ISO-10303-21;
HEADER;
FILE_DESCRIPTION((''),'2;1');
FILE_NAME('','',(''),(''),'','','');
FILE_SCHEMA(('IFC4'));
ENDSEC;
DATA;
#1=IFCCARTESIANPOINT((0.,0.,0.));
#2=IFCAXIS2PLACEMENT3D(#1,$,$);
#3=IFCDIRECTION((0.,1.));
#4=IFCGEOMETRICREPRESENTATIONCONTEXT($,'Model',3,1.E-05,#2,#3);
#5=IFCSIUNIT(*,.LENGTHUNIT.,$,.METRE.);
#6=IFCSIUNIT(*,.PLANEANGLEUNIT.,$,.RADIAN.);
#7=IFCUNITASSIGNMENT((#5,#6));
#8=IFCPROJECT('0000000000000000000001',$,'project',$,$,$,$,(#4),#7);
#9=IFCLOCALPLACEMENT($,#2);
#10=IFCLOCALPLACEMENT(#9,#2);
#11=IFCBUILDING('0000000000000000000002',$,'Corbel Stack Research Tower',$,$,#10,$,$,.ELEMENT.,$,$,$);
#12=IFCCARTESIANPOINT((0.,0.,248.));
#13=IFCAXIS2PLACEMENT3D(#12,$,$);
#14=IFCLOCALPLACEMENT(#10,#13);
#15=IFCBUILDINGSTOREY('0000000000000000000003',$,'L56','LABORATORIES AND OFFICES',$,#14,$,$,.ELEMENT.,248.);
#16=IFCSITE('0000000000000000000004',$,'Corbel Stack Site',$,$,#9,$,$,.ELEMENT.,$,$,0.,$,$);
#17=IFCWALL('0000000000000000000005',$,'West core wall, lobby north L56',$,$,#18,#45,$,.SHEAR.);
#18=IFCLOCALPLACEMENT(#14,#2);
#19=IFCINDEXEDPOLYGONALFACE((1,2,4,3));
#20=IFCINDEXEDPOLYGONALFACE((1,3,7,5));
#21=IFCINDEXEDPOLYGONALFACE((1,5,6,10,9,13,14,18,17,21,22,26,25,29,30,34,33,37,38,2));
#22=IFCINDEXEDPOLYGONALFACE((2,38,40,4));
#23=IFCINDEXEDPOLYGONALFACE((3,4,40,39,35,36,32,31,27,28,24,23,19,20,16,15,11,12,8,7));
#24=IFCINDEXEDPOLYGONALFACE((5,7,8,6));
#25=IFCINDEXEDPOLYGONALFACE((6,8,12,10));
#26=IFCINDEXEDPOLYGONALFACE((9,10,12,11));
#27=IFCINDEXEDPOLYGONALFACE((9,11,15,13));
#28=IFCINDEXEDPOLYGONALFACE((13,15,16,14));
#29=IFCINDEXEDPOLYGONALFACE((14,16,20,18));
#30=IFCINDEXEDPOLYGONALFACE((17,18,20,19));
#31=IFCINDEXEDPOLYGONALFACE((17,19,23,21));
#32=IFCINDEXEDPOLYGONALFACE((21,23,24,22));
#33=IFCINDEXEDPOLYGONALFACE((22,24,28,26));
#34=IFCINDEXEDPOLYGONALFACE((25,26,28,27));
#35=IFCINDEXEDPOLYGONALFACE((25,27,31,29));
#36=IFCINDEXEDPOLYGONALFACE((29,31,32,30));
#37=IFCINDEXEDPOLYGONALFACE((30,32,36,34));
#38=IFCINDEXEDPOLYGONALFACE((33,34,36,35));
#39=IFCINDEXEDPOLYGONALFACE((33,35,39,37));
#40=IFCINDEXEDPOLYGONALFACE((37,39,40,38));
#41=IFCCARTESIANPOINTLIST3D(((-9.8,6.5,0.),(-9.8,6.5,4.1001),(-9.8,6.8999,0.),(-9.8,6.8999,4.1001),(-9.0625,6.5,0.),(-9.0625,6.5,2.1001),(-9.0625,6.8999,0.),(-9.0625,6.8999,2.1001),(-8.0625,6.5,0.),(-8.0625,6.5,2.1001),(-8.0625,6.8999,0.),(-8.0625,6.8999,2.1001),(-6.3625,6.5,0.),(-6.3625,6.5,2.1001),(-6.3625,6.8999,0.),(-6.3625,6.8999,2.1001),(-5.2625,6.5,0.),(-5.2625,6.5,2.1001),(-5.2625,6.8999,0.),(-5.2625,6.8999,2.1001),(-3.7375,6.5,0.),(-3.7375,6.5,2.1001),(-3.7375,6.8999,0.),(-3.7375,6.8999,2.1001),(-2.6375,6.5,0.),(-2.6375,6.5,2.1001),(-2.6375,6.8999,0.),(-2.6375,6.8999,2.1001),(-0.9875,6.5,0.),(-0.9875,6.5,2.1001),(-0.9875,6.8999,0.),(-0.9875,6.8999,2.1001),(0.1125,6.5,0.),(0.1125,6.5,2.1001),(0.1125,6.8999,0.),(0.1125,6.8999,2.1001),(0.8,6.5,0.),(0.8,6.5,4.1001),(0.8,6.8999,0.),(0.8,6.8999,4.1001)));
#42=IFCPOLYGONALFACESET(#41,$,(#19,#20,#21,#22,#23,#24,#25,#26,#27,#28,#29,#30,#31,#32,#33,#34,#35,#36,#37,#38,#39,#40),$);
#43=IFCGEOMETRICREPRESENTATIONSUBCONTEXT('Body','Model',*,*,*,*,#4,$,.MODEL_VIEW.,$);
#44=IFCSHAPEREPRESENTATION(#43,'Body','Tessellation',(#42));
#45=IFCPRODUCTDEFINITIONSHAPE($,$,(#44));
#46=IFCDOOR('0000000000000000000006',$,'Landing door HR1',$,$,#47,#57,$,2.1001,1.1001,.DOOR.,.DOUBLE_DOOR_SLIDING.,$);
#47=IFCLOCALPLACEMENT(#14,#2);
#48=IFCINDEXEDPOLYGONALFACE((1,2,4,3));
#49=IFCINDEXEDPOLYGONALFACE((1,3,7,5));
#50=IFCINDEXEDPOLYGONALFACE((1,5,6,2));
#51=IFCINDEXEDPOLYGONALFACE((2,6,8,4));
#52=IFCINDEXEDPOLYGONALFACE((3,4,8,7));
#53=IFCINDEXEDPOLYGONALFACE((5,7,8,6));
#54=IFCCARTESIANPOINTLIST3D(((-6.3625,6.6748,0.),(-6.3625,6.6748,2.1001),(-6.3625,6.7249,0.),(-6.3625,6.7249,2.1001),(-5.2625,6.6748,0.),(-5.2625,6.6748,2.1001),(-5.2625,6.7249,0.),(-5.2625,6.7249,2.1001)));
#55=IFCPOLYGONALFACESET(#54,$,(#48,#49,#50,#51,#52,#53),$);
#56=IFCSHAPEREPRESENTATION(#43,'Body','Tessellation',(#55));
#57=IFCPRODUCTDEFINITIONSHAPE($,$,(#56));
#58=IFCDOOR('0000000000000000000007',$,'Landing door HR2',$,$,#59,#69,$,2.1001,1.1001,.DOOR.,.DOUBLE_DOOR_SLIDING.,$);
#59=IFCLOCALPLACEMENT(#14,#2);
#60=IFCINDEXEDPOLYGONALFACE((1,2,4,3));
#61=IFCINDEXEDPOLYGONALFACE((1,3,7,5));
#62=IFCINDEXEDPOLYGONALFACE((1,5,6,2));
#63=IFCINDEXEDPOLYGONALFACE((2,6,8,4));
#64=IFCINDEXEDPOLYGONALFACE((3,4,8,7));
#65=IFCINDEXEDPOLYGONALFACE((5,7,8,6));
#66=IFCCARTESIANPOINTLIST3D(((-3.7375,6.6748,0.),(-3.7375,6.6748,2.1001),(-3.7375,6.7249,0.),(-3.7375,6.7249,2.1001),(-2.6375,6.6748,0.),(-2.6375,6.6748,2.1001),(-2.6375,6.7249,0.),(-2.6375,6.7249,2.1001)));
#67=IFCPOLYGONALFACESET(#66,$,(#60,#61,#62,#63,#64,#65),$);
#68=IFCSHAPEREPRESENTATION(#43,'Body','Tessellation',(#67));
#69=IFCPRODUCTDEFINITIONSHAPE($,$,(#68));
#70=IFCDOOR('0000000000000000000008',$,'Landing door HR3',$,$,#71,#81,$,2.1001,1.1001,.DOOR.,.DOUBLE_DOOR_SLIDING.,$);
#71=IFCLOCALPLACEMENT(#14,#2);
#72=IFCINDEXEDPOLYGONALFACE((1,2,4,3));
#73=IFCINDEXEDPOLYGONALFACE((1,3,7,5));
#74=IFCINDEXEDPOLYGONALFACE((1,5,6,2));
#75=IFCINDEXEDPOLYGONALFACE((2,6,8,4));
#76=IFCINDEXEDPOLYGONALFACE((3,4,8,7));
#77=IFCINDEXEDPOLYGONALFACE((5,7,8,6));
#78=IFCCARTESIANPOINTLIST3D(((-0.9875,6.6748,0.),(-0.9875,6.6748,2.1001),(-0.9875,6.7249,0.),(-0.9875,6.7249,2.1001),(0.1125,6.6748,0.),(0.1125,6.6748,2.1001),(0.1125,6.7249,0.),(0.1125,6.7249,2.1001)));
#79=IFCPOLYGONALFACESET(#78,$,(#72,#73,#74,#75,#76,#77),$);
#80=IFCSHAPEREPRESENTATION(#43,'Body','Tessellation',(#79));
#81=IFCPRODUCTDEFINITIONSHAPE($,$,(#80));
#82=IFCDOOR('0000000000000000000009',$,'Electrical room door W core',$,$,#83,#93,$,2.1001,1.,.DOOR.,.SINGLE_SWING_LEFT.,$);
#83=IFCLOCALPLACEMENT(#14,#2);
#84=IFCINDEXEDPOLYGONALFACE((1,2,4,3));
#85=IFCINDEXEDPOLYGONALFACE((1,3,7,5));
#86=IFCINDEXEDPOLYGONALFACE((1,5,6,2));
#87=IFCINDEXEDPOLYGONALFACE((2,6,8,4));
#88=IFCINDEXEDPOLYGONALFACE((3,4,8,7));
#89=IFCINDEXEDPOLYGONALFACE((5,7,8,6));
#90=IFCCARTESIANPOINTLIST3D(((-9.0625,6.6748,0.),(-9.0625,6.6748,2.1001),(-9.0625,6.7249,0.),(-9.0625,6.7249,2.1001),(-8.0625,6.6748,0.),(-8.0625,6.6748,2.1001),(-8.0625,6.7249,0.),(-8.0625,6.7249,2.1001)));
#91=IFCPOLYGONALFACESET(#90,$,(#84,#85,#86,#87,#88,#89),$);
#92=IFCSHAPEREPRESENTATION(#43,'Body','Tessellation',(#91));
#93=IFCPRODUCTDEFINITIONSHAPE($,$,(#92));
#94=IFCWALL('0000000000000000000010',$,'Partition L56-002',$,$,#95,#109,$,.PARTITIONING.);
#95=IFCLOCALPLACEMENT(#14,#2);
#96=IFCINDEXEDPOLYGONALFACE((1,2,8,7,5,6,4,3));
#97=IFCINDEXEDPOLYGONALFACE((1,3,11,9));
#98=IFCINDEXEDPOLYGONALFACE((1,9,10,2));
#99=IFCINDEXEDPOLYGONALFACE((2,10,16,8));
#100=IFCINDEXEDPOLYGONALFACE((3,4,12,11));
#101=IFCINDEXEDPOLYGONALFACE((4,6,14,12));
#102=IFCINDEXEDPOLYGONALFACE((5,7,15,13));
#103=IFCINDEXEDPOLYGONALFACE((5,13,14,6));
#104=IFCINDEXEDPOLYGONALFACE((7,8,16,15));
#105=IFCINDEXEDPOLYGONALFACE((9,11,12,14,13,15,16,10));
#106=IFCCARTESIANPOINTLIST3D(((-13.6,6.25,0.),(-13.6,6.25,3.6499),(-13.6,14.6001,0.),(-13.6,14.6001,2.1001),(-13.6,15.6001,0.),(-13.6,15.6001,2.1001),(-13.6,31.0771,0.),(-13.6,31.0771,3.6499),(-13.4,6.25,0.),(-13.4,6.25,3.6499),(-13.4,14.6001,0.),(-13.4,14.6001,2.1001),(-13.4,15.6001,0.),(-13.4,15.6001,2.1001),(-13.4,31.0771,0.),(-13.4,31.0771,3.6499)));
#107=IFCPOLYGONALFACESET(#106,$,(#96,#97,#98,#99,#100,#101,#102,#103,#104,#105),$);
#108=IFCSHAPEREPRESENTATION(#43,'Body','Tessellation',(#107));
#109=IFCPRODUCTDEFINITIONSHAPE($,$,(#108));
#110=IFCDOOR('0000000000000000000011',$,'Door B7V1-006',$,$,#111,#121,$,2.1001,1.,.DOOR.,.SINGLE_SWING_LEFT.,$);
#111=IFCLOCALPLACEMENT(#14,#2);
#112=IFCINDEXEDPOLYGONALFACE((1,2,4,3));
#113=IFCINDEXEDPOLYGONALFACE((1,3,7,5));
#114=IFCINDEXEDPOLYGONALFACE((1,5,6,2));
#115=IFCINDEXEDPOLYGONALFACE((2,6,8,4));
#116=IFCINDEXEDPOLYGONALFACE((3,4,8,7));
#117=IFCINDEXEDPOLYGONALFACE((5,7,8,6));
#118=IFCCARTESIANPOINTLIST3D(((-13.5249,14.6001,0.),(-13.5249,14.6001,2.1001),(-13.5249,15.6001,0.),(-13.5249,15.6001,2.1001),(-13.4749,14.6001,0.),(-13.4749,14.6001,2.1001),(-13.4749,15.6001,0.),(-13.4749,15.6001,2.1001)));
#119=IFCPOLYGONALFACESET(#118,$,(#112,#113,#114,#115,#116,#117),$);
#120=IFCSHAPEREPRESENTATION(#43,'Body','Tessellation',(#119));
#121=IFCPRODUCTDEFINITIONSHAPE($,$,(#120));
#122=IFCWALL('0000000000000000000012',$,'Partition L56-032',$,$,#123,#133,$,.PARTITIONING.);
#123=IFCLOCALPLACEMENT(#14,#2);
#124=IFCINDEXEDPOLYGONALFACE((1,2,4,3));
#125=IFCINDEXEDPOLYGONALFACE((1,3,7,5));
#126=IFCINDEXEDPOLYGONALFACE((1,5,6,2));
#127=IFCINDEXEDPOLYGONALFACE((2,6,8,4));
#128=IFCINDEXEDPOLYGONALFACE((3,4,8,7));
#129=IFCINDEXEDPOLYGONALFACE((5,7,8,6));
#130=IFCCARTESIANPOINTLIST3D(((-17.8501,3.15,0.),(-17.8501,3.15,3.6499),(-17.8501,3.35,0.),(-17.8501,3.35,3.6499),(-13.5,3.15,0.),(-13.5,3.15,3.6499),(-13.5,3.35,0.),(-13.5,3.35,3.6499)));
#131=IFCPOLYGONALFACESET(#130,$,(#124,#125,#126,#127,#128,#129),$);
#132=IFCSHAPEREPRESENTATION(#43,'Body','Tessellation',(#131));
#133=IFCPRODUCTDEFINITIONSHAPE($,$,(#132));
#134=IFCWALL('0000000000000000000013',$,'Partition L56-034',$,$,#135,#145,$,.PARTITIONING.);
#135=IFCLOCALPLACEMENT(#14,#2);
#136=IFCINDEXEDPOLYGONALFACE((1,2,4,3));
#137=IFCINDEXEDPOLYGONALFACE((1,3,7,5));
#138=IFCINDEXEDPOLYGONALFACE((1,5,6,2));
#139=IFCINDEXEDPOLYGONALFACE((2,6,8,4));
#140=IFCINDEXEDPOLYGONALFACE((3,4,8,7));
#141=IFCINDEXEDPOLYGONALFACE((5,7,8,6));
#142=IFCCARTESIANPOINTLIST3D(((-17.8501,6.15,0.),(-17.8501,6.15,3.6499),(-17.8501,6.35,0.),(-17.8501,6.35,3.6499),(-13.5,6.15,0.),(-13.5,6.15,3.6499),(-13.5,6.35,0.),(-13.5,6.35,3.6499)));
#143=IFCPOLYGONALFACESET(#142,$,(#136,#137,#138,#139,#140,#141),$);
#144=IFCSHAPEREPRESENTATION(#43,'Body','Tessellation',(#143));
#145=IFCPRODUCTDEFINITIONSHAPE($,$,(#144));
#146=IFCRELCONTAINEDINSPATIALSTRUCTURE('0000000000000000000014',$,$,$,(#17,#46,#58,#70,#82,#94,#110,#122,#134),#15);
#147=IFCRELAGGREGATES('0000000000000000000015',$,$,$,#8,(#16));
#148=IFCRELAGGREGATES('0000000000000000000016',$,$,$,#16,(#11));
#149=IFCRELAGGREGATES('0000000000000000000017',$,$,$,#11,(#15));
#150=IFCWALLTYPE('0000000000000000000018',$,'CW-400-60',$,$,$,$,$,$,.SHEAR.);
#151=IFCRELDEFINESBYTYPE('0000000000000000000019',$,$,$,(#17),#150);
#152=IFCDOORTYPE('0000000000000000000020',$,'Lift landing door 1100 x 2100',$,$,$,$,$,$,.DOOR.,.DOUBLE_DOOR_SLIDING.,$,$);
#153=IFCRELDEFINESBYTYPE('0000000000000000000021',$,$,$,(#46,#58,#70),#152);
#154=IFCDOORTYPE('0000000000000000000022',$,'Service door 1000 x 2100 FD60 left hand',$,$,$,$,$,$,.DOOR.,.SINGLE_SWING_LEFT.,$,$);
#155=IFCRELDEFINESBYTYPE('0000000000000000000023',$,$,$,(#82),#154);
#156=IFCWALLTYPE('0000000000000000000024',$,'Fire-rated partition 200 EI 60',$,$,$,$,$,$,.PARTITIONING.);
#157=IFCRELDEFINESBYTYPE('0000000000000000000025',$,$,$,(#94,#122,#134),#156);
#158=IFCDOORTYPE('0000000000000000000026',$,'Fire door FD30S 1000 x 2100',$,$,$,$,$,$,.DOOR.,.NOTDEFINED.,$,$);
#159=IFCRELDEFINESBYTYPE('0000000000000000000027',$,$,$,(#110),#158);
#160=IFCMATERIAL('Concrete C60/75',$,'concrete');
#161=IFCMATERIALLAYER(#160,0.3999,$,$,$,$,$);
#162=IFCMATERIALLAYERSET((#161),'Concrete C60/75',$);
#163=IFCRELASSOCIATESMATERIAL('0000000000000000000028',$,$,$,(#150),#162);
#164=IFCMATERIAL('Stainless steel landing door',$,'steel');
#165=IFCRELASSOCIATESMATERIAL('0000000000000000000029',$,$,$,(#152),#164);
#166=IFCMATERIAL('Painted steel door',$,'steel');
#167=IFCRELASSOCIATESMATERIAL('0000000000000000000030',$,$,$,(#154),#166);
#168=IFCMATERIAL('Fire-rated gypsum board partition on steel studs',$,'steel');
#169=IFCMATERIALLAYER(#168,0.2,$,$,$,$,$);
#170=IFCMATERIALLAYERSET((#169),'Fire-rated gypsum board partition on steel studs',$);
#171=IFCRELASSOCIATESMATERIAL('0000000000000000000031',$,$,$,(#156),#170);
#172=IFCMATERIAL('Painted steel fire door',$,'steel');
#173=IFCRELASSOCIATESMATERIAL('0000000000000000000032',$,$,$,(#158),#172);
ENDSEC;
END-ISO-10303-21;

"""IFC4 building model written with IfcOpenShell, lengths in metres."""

from ifc_helpers import new_model, si_unit, direction, frame, frame_2d, origin, place, context, subcontext, project, spatial, rectangle, extrude, material, layer, layer_set, type_object, element, fill, save


model = new_model("IFC4")

# Units and contexts
model_context = context("Model", 3, precision=1e-05, world=origin(), true_north=direction((0.0, 1.0)))
body_context = subcontext(model_context, "Body", "Model", "MODEL_VIEW")
ifc_project = project(units=[si_unit("LENGTHUNIT", "METRE"), si_unit("PLANEANGLEUNIT", "RADIAN")], contexts=[model_context])

# Site, building, storey
site_placement = place(None, origin())
site = spatial("IfcSite", under=ifc_project, at=site_placement, Name="Corbel Stack Site", CompositionType="ELEMENT", RefElevation=0.0)
building_placement = place(site_placement, origin())
building = spatial("IfcBuilding", under=site, at=building_placement, Name="Corbel Stack Research Tower", CompositionType="ELEMENT")
storey_placement = place(building_placement, frame((0.0, 0.0, 248.0)))
storey = spatial("IfcBuildingStorey", under=building, at=storey_placement, Name="L56", Description="LABORATORIES AND OFFICES", CompositionType="ELEMENT", Elevation=248.0)

# Wall, openings, doors
ifc_material_1 = material(Name="Concrete C60/75", Category="concrete")
ifc_layer_1 = layer(ifc_material_1, 0.3999)
ifc_layer_set_1 = layer_set([ifc_layer_1], Name="Concrete C60/75")
wall_type_1 = type_object("IfcWallType", Name="CW-400-60", PredefinedType="SHEAR", material=ifc_layer_set_1)
ifc_material_2 = material(Name="Stainless steel landing door", Category="steel")
door_type_1 = type_object("IfcDoorType", Name="Lift landing door 1100 x 2100", OperationType="DOUBLE_DOOR_SLIDING", PredefinedType="DOOR", material=ifc_material_2)
ifc_material_3 = material(Name="Painted steel door", Category="steel")
door_type_2 = type_object("IfcDoorType", Name="Service door 1000 x 2100 FD60 left hand", OperationType="SINGLE_SWING_LEFT", PredefinedType="DOOR", material=ifc_material_3)
wall_1_placement = place(storey_placement, frame((-9.8, 6.7, 0.0), z_axis=(0.0, 0.0, 1.0), x_axis=(1.0, 0.0, 0.0)))
wall_1 = element("IfcWall", 1, at=wall_1_placement, inside=storey, type_object=wall_type_1, Name="West core wall, lobby north L56", PredefinedType="SHEAR", context=body_context, shape_type="SweptSolid", body=[
    extrude(rectangle(XDim=10.6001, YDim=0.3999, at=frame_2d((5.3, 0.0))), origin(), (0.0, 0.0, 1.0), 4.1001),
])
opening_1_placement = place(wall_1_placement, frame((3.4375, 0.0, 0.0)))
opening_1 = element("IfcOpeningElement", 2, at=opening_1_placement, cuts=wall_1, PredefinedType="OPENING", context=body_context, shape_type="SweptSolid", body=[
    extrude(rectangle(XDim=1.1001, YDim=2.1001, at=frame_2d((0.55, 1.05))), frame((0.0, 0.21, 0.0), z_axis=(0.0, -1.0, 0.0), x_axis=(1.0, 0.0, 0.0)), (0.0, 0.0, 1.0), 0.4199),
])
opening_2_placement = place(wall_1_placement, frame((6.0625, 0.0, 0.0)))
opening_2 = element("IfcOpeningElement", 3, at=opening_2_placement, cuts=wall_1, PredefinedType="OPENING", context=body_context, shape_type="SweptSolid", body=[
    extrude(rectangle(XDim=1.1001, YDim=2.1001, at=frame_2d((0.55, 1.05))), frame((0.0, 0.21, 0.0), z_axis=(0.0, -1.0, 0.0), x_axis=(1.0, 0.0, 0.0)), (0.0, 0.0, 1.0), 0.4199),
])
opening_3_placement = place(wall_1_placement, frame((8.8125, 0.0, 0.0)))
opening_3 = element("IfcOpeningElement", 4, at=opening_3_placement, cuts=wall_1, PredefinedType="OPENING", context=body_context, shape_type="SweptSolid", body=[
    extrude(rectangle(XDim=1.1001, YDim=2.1001, at=frame_2d((0.55, 1.05))), frame((0.0, 0.21, 0.0), z_axis=(0.0, -1.0, 0.0), x_axis=(1.0, 0.0, 0.0)), (0.0, 0.0, 1.0), 0.4199),
])
opening_4_placement = place(wall_1_placement, frame((0.7375, 0.0, 0.0)))
opening_4 = element("IfcOpeningElement", 5, at=opening_4_placement, cuts=wall_1, PredefinedType="OPENING", context=body_context, shape_type="SweptSolid", body=[
    extrude(rectangle(XDim=1.0, YDim=2.1001, at=frame_2d((0.5, 1.05))), frame((0.0, 0.21, 0.0), z_axis=(0.0, -1.0, 0.0), x_axis=(1.0, 0.0, 0.0)), (0.0, 0.0, 1.0), 0.4199),
])
door_1_placement = place(opening_1_placement, origin())
door_1 = element("IfcDoor", 6, at=door_1_placement, inside=storey, type_object=door_type_1, Name="Landing door HR1", OperationType="DOUBLE_DOOR_SLIDING", OverallHeight=2.1001, OverallWidth=1.1001, PredefinedType="DOOR", context=body_context, shape_type="SweptSolid", body=[
    extrude(rectangle(XDim=1.1001, YDim=2.1001, at=frame_2d((0.55, 1.05))), frame((0.0, 0.0249, 0.0), z_axis=(0.0, -1.0, 0.0), x_axis=(1.0, 0.0, 0.0)), (0.0, 0.0, 1.0), 0.05),
])
fill(opening_1, door_1)
door_2_placement = place(opening_2_placement, origin())
door_2 = element("IfcDoor", 7, at=door_2_placement, inside=storey, type_object=door_type_1, Name="Landing door HR2", OperationType="DOUBLE_DOOR_SLIDING", OverallHeight=2.1001, OverallWidth=1.1001, PredefinedType="DOOR", context=body_context, shape_type="SweptSolid", body=[
    extrude(rectangle(XDim=1.1001, YDim=2.1001, at=frame_2d((0.55, 1.05))), frame((0.0, 0.0249, 0.0), z_axis=(0.0, -1.0, 0.0), x_axis=(1.0, 0.0, 0.0)), (0.0, 0.0, 1.0), 0.05),
])
fill(opening_2, door_2)
door_3_placement = place(opening_3_placement, origin())
door_3 = element("IfcDoor", 8, at=door_3_placement, inside=storey, type_object=door_type_1, Name="Landing door HR3", OperationType="DOUBLE_DOOR_SLIDING", OverallHeight=2.1001, OverallWidth=1.1001, PredefinedType="DOOR", context=body_context, shape_type="SweptSolid", body=[
    extrude(rectangle(XDim=1.1001, YDim=2.1001, at=frame_2d((0.55, 1.05))), frame((0.0, 0.0249, 0.0), z_axis=(0.0, -1.0, 0.0), x_axis=(1.0, 0.0, 0.0)), (0.0, 0.0, 1.0), 0.05),
])
fill(opening_3, door_3)
door_4_placement = place(opening_4_placement, origin())
door_4 = element("IfcDoor", 9, at=door_4_placement, inside=storey, type_object=door_type_2, Name="Electrical room door W core", OperationType="SINGLE_SWING_LEFT", OverallHeight=2.1001, OverallWidth=1.0, PredefinedType="DOOR", context=body_context, shape_type="SweptSolid", body=[
    extrude(rectangle(XDim=1.0, YDim=2.1001, at=frame_2d((0.5, 1.05))), frame((0.0, 0.0249, 0.0), z_axis=(0.0, -1.0, 0.0), x_axis=(1.0, 0.0, 0.0)), (0.0, 0.0, 1.0), 0.05),
])
fill(opening_4, door_4)

# Wall, opening, door
ifc_material_4 = material(Name="Fire-rated gypsum board partition on steel studs", Category="steel")
ifc_layer_2 = layer(ifc_material_4, 0.2)
ifc_layer_set_2 = layer_set([ifc_layer_2], Name="Fire-rated gypsum board partition on steel studs")
wall_type_2 = type_object("IfcWallType", Name="Fire-rated partition 200 EI 60", PredefinedType="PARTITIONING", material=ifc_layer_set_2)
wall_2_placement = place(storey_placement, frame((-13.5, 6.25, 0.0), z_axis=(0.0, 0.0, 1.0), x_axis=(0.0, 1.0, 0.0)))
wall_2 = element("IfcWall", 10, at=wall_2_placement, inside=storey, type_object=wall_type_2, Name="Partition L56-002", PredefinedType="PARTITIONING", context=body_context, shape_type="SweptSolid", body=[
    extrude(rectangle(XDim=24.8271, YDim=0.2, at=frame_2d((12.4136, 0.0))), origin(), (0.0, 0.0, 1.0), 3.6499),
])
opening_5_placement = place(wall_2_placement, frame((8.3501, 0.0, 0.0)))
opening_5 = element("IfcOpeningElement", 11, at=opening_5_placement, cuts=wall_2, PredefinedType="OPENING", context=body_context, shape_type="SweptSolid", body=[
    extrude(rectangle(XDim=1.0, YDim=2.1001, at=frame_2d((0.5, 1.05))), frame((0.0, 0.1099, 0.0), z_axis=(0.0, -1.0, 0.0), x_axis=(1.0, 0.0, 0.0)), (0.0, 0.0, 1.0), 0.22),
])
ifc_material_5 = material(Name="Painted steel fire door", Category="steel")
door_type_3 = type_object("IfcDoorType", Name="Fire door FD30S 1000 x 2100", OperationType="NOTDEFINED", PredefinedType="DOOR", material=ifc_material_5)
door_5_placement = place(opening_5_placement, origin())
door_5 = element("IfcDoor", 12, at=door_5_placement, inside=storey, type_object=door_type_3, Name="Door B7V1-006", OperationType="SINGLE_SWING_LEFT", OverallHeight=2.1001, OverallWidth=1.0, PredefinedType="DOOR", context=body_context, shape_type="SweptSolid", body=[
    extrude(rectangle(XDim=1.0, YDim=2.1001, at=frame_2d((0.5, 1.05))), frame((0.0, 0.0249, 0.0), z_axis=(0.0, -1.0, 0.0), x_axis=(1.0, 0.0, 0.0)), (0.0, 0.0, 1.0), 0.05),
])
fill(opening_5, door_5)

# Walls
for number, where, z_axis, x_axis, name in (
    (13, (-17.8501, 3.25, 0.0), (0.0, 0.0, 1.0), (1.0, 0.0, 0.0), "Partition L56-032"),
    (14, (-17.8501, 6.25, 0.0), (0.0, 0.0, 1.0), (1.0, 0.0, 0.0), "Partition L56-034"),
):
    element("IfcWall", number, at=place(storey_placement, frame(where, z_axis=z_axis, x_axis=x_axis)), inside=storey, type_object=wall_type_2, Name=name, PredefinedType="PARTITIONING", context=body_context, shape_type="SweptSolid", body=[
        extrude(rectangle(XDim=4.3501, YDim=0.2, at=frame_2d((2.175, 0.0))), origin(), (0.0, 0.0, 1.0), 3.6499),
    ])

save(model, "model.ifc")
